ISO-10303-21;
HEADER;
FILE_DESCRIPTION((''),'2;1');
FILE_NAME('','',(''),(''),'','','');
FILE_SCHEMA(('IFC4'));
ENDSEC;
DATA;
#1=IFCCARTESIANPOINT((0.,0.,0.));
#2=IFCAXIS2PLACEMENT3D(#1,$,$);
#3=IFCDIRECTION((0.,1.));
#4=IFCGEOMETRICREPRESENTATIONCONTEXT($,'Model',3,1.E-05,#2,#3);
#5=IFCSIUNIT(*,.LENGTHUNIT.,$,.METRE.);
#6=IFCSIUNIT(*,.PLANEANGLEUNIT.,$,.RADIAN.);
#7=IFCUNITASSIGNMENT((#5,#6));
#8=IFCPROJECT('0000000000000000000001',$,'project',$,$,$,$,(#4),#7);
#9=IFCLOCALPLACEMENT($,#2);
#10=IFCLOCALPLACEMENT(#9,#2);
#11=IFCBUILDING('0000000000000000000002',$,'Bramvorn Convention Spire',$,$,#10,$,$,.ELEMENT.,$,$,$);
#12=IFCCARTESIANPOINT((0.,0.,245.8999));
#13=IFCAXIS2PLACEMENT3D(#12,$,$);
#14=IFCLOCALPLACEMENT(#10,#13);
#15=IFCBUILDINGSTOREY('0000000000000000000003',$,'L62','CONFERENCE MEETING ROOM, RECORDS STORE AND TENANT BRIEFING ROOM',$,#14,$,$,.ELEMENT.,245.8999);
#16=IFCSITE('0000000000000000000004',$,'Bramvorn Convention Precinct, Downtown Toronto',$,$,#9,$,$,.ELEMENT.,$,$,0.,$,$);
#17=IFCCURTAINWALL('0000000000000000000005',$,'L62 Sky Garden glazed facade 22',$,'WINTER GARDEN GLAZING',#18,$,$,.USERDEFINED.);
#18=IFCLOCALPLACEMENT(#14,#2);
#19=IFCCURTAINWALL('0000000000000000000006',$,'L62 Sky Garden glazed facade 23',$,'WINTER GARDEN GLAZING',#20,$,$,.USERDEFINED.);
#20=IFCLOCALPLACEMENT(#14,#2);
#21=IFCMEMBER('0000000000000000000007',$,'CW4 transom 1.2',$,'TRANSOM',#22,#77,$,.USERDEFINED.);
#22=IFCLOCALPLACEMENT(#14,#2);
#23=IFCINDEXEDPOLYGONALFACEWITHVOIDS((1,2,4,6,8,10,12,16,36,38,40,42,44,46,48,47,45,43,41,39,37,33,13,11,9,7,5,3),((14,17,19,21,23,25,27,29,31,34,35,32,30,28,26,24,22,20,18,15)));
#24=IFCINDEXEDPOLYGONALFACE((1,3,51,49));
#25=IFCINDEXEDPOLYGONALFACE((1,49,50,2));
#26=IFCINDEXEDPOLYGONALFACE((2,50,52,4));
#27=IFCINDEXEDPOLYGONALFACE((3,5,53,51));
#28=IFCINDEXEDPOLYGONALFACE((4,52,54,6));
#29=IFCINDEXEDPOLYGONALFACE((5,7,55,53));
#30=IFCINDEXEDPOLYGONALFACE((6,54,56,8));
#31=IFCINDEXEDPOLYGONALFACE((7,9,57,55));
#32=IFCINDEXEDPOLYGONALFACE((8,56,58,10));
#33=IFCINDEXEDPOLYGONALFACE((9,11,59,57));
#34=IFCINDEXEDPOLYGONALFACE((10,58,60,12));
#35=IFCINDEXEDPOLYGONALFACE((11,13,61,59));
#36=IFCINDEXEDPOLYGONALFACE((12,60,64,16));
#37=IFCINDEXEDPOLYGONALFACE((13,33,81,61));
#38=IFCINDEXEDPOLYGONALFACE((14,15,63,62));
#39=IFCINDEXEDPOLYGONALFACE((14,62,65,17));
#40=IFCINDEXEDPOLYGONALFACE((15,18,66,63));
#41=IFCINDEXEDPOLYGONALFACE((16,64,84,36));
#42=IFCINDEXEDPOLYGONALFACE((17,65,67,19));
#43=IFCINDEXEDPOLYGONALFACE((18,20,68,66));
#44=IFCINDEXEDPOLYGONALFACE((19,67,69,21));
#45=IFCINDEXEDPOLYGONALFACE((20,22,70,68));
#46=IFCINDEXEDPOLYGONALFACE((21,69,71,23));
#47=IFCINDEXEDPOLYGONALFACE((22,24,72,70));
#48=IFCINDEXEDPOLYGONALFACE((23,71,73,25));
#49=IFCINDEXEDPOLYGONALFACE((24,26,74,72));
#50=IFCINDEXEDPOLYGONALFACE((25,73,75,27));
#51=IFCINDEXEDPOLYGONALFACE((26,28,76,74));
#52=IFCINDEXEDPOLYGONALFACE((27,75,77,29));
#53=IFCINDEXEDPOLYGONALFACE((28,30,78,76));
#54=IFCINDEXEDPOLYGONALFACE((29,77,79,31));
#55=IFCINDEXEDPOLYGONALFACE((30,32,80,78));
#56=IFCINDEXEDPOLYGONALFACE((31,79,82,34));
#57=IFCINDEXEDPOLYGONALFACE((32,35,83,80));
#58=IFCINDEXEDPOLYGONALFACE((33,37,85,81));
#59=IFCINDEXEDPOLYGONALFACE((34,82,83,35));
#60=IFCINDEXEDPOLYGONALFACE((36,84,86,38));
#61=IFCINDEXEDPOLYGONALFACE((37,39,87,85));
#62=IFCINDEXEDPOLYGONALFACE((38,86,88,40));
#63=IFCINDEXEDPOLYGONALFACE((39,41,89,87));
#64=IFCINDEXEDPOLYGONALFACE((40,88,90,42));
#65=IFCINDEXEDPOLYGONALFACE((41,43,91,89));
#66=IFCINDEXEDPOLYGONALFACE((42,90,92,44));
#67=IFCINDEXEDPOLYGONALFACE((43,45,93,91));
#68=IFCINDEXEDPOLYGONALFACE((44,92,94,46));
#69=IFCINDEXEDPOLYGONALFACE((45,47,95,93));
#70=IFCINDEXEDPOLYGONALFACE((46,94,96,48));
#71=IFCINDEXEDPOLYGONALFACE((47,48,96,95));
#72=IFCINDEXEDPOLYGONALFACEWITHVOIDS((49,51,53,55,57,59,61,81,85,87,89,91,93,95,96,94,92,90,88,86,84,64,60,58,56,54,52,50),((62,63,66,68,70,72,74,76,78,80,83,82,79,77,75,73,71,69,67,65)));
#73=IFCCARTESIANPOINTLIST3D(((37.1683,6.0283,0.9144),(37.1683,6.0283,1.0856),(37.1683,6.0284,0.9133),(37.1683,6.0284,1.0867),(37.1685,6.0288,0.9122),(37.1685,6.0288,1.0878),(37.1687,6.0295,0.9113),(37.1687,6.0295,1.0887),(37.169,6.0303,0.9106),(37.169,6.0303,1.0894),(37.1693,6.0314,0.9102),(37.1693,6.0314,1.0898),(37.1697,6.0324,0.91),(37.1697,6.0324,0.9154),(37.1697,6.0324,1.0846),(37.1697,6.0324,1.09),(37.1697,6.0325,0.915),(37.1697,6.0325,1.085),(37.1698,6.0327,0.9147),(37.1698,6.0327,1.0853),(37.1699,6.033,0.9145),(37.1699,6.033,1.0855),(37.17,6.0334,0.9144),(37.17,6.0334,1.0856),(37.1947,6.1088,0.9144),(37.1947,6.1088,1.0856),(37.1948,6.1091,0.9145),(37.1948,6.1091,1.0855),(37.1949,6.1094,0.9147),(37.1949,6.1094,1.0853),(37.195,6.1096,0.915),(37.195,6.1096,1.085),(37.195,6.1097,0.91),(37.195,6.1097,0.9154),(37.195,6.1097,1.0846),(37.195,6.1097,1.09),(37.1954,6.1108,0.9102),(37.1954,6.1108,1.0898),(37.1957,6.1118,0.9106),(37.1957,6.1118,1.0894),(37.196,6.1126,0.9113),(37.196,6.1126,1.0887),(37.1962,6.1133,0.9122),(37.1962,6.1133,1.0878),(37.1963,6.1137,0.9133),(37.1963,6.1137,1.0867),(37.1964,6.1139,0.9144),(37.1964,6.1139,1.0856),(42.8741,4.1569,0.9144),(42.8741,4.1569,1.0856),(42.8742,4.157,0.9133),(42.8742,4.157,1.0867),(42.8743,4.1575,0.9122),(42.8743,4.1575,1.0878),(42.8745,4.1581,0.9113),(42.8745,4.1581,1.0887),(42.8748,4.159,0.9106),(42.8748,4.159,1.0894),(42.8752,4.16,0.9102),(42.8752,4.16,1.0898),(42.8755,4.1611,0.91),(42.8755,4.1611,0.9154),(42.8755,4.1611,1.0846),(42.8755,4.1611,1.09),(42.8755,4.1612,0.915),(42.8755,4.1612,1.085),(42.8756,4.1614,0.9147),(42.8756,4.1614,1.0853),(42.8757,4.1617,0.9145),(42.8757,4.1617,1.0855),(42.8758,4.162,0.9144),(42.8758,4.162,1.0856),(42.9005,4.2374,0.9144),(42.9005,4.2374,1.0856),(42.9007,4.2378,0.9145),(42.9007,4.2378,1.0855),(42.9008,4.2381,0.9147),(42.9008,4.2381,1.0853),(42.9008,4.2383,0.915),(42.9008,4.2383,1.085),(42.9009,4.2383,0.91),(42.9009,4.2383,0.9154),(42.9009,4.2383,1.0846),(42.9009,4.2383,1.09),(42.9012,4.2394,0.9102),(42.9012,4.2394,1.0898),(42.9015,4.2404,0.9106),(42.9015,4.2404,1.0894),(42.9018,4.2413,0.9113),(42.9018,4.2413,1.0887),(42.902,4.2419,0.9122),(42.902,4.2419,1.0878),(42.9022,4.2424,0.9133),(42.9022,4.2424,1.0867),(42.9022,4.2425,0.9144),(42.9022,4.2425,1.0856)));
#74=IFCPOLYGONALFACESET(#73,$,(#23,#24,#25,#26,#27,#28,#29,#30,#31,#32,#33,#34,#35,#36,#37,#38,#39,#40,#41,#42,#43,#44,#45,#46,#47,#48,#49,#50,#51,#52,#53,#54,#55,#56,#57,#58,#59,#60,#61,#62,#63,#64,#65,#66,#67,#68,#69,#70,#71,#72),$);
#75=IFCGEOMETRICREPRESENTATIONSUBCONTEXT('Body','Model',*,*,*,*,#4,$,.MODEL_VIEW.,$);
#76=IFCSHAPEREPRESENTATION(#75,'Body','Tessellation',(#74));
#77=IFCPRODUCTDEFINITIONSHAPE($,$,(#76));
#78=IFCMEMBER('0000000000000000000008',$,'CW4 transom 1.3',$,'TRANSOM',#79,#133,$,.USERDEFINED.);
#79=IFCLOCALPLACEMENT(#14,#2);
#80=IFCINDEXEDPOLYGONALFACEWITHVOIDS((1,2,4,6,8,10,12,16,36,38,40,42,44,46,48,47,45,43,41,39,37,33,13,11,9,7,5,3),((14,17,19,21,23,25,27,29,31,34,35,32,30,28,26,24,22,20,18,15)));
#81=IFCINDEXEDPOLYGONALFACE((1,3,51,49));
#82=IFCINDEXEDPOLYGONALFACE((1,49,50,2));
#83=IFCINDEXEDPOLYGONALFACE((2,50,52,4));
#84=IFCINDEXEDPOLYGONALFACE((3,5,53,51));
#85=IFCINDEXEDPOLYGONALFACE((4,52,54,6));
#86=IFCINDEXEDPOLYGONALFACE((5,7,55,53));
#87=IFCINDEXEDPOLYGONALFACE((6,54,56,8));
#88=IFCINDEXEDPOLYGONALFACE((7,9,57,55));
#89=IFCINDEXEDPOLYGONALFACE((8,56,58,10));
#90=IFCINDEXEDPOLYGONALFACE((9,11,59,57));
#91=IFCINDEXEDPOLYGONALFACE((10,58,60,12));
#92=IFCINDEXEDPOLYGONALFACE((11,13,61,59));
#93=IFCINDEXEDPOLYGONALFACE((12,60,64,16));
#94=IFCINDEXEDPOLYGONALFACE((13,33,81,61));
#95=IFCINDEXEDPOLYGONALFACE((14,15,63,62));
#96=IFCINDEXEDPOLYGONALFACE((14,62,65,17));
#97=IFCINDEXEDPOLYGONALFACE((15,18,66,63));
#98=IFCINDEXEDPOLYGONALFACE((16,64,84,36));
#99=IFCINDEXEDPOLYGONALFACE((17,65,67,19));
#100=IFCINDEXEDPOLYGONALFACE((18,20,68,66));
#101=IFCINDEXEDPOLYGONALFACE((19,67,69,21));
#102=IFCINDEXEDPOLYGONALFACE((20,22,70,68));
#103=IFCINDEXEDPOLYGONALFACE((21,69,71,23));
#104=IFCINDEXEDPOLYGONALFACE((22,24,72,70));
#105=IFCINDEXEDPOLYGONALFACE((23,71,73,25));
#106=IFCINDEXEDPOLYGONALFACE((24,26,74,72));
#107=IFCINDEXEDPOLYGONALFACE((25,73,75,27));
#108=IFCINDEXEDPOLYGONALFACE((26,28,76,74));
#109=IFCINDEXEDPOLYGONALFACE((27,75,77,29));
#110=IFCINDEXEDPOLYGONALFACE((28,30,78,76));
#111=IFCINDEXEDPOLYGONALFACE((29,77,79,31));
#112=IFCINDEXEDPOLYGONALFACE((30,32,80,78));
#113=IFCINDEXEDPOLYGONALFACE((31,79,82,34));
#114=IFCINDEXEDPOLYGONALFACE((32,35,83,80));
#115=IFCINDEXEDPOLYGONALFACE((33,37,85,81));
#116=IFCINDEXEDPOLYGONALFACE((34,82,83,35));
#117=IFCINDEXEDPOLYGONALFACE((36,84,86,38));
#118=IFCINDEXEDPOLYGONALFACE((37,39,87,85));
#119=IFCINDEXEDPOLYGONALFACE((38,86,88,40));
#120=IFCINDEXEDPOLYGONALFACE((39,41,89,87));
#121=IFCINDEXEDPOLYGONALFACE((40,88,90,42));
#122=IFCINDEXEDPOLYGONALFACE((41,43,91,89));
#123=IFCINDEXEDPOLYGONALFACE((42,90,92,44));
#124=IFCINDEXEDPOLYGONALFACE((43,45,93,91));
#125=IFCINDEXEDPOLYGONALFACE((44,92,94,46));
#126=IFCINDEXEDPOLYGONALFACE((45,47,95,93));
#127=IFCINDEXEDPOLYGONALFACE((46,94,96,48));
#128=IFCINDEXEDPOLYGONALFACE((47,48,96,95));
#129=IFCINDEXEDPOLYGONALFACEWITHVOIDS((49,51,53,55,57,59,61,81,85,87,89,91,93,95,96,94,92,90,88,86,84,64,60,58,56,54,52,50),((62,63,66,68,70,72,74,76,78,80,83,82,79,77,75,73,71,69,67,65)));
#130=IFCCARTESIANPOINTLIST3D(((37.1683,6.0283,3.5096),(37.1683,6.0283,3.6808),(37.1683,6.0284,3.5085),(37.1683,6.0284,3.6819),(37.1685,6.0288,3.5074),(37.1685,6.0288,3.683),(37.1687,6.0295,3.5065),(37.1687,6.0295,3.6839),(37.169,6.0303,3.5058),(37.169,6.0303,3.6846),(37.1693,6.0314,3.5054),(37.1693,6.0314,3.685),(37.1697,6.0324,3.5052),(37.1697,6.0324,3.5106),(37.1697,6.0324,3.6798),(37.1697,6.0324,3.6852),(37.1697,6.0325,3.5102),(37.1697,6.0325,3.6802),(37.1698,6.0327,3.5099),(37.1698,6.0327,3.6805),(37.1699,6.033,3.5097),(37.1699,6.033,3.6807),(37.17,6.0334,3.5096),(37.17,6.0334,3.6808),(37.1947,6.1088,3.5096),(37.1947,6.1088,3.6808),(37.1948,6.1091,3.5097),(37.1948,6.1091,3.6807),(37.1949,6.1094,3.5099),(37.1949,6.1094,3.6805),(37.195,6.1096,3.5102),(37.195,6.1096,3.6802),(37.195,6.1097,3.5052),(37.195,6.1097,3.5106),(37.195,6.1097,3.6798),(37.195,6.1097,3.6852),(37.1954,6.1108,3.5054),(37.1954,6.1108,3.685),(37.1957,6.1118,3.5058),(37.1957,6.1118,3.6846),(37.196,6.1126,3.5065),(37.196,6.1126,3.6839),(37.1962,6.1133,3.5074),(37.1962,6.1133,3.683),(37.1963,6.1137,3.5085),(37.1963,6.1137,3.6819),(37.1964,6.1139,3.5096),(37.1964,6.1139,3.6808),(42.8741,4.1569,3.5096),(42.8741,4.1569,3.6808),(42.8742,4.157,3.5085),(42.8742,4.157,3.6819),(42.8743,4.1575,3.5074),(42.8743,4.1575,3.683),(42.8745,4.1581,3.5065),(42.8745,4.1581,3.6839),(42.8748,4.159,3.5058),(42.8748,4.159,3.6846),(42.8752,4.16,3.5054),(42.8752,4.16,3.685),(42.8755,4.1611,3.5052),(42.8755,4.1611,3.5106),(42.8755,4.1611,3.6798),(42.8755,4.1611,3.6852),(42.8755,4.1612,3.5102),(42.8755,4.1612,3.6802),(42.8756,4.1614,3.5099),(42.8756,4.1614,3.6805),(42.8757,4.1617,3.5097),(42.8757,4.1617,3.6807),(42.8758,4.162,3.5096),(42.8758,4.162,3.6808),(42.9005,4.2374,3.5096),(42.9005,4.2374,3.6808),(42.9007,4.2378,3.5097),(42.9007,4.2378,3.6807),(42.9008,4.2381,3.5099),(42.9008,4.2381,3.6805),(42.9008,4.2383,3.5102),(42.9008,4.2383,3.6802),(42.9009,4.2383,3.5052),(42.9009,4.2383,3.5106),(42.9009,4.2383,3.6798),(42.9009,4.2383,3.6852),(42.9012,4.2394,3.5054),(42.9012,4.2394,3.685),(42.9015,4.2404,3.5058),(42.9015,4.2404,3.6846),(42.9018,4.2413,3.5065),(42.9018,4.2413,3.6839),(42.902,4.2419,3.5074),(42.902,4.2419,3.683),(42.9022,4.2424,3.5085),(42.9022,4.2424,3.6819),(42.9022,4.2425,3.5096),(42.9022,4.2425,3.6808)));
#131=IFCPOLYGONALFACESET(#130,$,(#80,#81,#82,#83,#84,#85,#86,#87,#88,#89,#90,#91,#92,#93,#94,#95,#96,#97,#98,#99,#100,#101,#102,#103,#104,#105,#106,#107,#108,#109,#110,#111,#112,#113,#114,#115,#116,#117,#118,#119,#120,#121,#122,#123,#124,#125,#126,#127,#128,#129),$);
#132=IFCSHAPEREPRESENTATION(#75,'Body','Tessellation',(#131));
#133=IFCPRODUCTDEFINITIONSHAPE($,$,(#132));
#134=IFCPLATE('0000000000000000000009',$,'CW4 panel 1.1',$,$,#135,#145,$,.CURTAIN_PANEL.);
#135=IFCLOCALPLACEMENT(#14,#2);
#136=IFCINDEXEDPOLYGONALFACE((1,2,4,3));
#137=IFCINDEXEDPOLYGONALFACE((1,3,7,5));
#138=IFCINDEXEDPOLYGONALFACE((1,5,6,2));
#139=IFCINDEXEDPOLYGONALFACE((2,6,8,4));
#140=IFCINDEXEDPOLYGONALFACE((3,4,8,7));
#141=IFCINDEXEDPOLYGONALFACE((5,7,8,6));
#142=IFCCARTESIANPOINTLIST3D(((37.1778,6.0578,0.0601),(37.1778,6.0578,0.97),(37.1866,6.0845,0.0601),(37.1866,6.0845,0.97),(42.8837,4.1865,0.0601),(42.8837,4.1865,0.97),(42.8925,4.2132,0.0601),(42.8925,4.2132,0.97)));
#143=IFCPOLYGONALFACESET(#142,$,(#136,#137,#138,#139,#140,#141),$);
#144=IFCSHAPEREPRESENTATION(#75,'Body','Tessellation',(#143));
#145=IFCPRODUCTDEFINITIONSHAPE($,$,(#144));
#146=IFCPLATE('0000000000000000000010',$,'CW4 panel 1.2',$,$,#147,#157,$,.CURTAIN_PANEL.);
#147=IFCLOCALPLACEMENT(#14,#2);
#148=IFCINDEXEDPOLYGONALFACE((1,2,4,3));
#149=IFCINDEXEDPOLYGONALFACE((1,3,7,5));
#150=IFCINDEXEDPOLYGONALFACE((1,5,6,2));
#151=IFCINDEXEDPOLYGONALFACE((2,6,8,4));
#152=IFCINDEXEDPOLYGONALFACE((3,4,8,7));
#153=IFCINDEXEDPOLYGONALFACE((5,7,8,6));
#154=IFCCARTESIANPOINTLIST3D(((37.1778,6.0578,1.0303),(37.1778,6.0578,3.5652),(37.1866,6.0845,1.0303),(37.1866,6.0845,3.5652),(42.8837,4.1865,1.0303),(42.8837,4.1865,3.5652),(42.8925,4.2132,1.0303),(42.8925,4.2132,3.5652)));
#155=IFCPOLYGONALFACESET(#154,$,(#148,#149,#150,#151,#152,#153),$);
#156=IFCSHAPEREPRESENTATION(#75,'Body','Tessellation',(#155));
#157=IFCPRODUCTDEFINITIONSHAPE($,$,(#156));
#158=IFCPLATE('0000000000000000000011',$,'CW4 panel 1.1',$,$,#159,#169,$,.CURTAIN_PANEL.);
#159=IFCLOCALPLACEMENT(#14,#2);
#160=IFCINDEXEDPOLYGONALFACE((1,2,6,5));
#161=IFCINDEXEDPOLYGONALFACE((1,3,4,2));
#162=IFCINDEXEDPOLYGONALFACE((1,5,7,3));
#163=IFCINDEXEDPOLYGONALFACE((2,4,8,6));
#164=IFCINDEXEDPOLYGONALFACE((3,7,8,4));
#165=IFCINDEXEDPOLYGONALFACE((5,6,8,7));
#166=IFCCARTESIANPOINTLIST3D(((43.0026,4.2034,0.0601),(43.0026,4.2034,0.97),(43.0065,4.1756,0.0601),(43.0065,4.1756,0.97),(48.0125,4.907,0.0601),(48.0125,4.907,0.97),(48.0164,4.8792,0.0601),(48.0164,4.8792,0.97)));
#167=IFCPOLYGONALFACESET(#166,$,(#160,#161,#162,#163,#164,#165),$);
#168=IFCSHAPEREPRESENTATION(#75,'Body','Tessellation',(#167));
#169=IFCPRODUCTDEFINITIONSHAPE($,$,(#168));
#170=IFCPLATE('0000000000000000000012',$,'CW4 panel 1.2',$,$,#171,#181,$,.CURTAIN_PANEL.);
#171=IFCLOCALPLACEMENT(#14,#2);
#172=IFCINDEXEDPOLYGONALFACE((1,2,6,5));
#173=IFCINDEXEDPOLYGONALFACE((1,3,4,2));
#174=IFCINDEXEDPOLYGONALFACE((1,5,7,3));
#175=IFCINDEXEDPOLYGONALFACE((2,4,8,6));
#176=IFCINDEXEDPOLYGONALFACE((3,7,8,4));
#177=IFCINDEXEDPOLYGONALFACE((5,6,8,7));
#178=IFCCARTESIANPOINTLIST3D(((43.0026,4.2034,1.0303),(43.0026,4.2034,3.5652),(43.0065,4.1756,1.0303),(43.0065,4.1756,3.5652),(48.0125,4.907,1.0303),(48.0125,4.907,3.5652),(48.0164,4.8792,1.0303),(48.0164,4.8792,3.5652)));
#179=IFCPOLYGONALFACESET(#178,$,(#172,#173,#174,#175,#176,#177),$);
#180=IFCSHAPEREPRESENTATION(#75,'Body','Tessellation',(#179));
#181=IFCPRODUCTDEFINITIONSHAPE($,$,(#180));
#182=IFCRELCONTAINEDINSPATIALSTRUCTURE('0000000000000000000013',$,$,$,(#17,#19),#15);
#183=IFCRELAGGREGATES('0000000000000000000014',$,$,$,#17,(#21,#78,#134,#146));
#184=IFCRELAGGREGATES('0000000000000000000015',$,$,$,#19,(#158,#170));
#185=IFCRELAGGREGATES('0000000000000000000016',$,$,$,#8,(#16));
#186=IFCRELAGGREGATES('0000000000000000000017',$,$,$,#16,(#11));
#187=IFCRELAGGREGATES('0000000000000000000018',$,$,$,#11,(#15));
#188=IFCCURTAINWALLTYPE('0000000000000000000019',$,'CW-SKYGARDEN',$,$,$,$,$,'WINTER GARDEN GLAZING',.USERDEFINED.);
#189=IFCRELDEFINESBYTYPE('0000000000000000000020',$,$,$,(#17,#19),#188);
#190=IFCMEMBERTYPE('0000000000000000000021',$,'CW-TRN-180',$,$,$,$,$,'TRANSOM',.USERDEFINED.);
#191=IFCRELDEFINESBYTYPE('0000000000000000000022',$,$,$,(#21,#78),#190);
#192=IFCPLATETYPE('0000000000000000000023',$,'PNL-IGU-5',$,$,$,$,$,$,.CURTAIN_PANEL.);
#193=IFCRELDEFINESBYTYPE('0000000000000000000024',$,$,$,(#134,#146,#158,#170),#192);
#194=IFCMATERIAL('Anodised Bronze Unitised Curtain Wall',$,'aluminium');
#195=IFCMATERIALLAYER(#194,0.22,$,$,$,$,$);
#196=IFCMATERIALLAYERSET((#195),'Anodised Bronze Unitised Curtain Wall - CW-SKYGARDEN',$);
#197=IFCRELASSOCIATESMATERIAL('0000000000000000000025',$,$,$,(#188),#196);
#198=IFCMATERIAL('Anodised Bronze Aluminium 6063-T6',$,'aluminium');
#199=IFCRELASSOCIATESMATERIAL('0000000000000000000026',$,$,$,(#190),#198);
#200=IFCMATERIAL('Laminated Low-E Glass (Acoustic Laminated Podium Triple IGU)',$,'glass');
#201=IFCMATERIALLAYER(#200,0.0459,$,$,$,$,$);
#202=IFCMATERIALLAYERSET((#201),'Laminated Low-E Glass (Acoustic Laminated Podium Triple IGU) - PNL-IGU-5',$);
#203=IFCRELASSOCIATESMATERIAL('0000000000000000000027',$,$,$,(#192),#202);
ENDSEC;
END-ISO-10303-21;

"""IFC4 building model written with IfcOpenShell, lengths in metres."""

from ifc_helpers import new_model, si_unit, direction, frame, origin, origin_2d, place, context, subcontext, project, spatial, rectangle, hollow_rectangle, extrude, material, layer, layer_set, material_profile, profile_set, type_object, element, aggregate, save


model = new_model("IFC4")

# Units and contexts
model_context = context("Model", 3, precision=1e-05, world=origin(), true_north=direction((0.0, 1.0)))
body_context = subcontext(model_context, "Body", "Model", "MODEL_VIEW")
ifc_project = project(units=[si_unit("LENGTHUNIT", "METRE"), si_unit("PLANEANGLEUNIT", "RADIAN")], contexts=[model_context])

# Site, building, storey
site_placement = place(None, origin())
site = spatial("IfcSite", under=ifc_project, at=site_placement, Name="Bramvorn Convention Precinct, Downtown Toronto", CompositionType="ELEMENT", RefElevation=0.0)
building_placement = place(site_placement, origin())
building = spatial("IfcBuilding", under=site, at=building_placement, Name="Bramvorn Convention Spire", CompositionType="ELEMENT")
storey_placement = place(building_placement, frame((0.0, 0.0, 245.8999)))
storey = spatial("IfcBuildingStorey", under=building, at=storey_placement, Name="L62", Description="CONFERENCE MEETING ROOM, RECORDS STORE AND TENANT BRIEFING ROOM", CompositionType="ELEMENT", Elevation=245.8999)

# Curtain walls
ifc_material_1 = material(Name="Anodised Bronze Unitised Curtain Wall", Category="aluminium")
ifc_layer_1 = layer(ifc_material_1, 0.22)
ifc_layer_set_1 = layer_set([ifc_layer_1], Name="Anodised Bronze Unitised Curtain Wall - CW-SKYGARDEN")
curtain_wall_type = type_object("IfcCurtainWallType", Name="CW-SKYGARDEN", ElementType="WINTER GARDEN GLAZING", PredefinedType="USERDEFINED", material=ifc_layer_set_1)
curtain_wall_1_placement = place(storey_placement, origin())
curtain_wall_1 = element("IfcCurtainWall", 1, at=curtain_wall_1_placement, inside=storey, type_object=curtain_wall_type, Name="L62 Sky Garden glazed facade 22", ObjectType="WINTER GARDEN GLAZING", PredefinedType="USERDEFINED")
ifc_material_2 = material(Name="Anodised Bronze Aluminium 6063-T6", Category="aluminium")
curtain_wall_2_placement = place(storey_placement, origin())
curtain_wall_2 = element("IfcCurtainWall", 2, at=curtain_wall_2_placement, inside=storey, type_object=curtain_wall_type, Name="L62 Sky Garden glazed facade 23", ObjectType="WINTER GARDEN GLAZING", PredefinedType="USERDEFINED")

# Members
ifc_material_profile_1 = material_profile(ifc_material_2, hollow_rectangle(XDim=0.0901, YDim=0.1799, WallThickness=0.0044, InnerFilletRadius=0.001, OuterFilletRadius=0.0044, at=origin_2d()))
ifc_profile_set_1 = profile_set([ifc_material_profile_1], Name="Anodised Bronze Aluminium 6063-T6 - CWT90X180")
member_type_1 = type_object("IfcMemberType", Name="CW-TRN-180", ElementType="TRANSOM", PredefinedType="USERDEFINED", material=ifc_profile_set_1)
member_1_placement = place(storey_placement, frame((42.8882, 4.1997, 1.0), z_axis=(-0.950201, 0.311638, 0.0), x_axis=(-0.311638, -0.950201, 0.0)))
member_1 = element("IfcMember", 3, at=member_1_placement, type_object=member_type_1, Name="CW4 transom 1.2", ObjectType="TRANSOM", PredefinedType="USERDEFINED", context=body_context, shape_type="SweptSolid", body=[
    extrude(hollow_rectangle(XDim=0.0901, YDim=0.1799, WallThickness=0.0044, InnerFilletRadius=0.001, OuterFilletRadius=0.0044, at=origin_2d()), origin(), (0.0, 0.0, 1.0), 6.0049),
])
member_2_placement = place(storey_placement, frame((42.8882, 4.1997, 3.5952), z_axis=(-0.950201, 0.311638, 0.0), x_axis=(-0.311638, -0.950201, 0.0)))
member_2 = element("IfcMember", 4, at=member_2_placement, type_object=member_type_1, Name="CW4 transom 1.3", ObjectType="TRANSOM", PredefinedType="USERDEFINED", context=body_context, shape_type="SweptSolid", body=[
    extrude(hollow_rectangle(XDim=0.0901, YDim=0.1799, WallThickness=0.0044, InnerFilletRadius=0.001, OuterFilletRadius=0.0044, at=origin_2d()), origin(), (0.0, 0.0, 1.0), 6.0049),
])

# Plates
ifc_material_3 = material(Name="Laminated Low-E Glass (Acoustic Laminated Podium Triple IGU)", Category="glass")
ifc_layer_2 = layer(ifc_material_3, 0.0459)
ifc_layer_set_2 = layer_set([ifc_layer_2], Name="Laminated Low-E Glass (Acoustic Laminated Podium Triple IGU) - PNL-IGU-5")
plate_type = type_object("IfcPlateType", Name="PNL-IGU-5", PredefinedType="CURTAIN_PANEL", material=ifc_layer_set_2)
plate_1_placement = place(storey_placement, frame((40.0352, 5.1355, 0.0601), z_axis=(0.0, 0.0, 1.0), x_axis=(-0.950207, 0.31162, 0.0)))
plate_1 = element("IfcPlate", 5, at=plate_1_placement, type_object=plate_type, Name="CW4 panel 1.1", PredefinedType="CURTAIN_PANEL", context=body_context, shape_type="SweptSolid", body=[
    extrude(rectangle(XDim=6.0049, YDim=0.0281, at=origin_2d()), origin(), (0.0, 0.0, 1.0), 0.9099),
])
plate_2_placement = place(storey_placement, frame((40.0352, 5.1355, 1.0303), z_axis=(0.0, 0.0, 1.0), x_axis=(-0.950207, 0.31162, 0.0)))
plate_2 = element("IfcPlate", 6, at=plate_2_placement, type_object=plate_type, Name="CW4 panel 1.2", PredefinedType="CURTAIN_PANEL", context=body_context, shape_type="SweptSolid", body=[
    extrude(rectangle(XDim=6.0049, YDim=0.0281, at=origin_2d()), origin(), (0.0, 0.0, 1.0), 2.5349),
])
aggregate(curtain_wall_1, [member_1, member_2, plate_1, plate_2])
plate_3_placement = place(storey_placement, frame((45.5095, 4.5413, 0.0601), z_axis=(0.0, 0.0, 1.0), x_axis=(-0.990282, -0.139077, 0.0)))
plate_3 = element("IfcPlate", 7, at=plate_3_placement, type_object=plate_type, Name="CW4 panel 1.1", PredefinedType="CURTAIN_PANEL", context=body_context, shape_type="SweptSolid", body=[
    extrude(rectangle(XDim=5.0591, YDim=0.0281, at=origin_2d()), origin(), (0.0, 0.0, 1.0), 0.9099),
])
plate_4_placement = place(storey_placement, frame((45.5095, 4.5413, 1.0303), z_axis=(0.0, 0.0, 1.0), x_axis=(-0.990282, -0.139077, 0.0)))
plate_4 = element("IfcPlate", 8, at=plate_4_placement, type_object=plate_type, Name="CW4 panel 1.2", PredefinedType="CURTAIN_PANEL", context=body_context, shape_type="SweptSolid", body=[
    extrude(rectangle(XDim=5.0591, YDim=0.0281, at=origin_2d()), origin(), (0.0, 0.0, 1.0), 2.5349),
])
aggregate(curtain_wall_2, [plate_3, plate_4])

save(model, "model.ifc")
